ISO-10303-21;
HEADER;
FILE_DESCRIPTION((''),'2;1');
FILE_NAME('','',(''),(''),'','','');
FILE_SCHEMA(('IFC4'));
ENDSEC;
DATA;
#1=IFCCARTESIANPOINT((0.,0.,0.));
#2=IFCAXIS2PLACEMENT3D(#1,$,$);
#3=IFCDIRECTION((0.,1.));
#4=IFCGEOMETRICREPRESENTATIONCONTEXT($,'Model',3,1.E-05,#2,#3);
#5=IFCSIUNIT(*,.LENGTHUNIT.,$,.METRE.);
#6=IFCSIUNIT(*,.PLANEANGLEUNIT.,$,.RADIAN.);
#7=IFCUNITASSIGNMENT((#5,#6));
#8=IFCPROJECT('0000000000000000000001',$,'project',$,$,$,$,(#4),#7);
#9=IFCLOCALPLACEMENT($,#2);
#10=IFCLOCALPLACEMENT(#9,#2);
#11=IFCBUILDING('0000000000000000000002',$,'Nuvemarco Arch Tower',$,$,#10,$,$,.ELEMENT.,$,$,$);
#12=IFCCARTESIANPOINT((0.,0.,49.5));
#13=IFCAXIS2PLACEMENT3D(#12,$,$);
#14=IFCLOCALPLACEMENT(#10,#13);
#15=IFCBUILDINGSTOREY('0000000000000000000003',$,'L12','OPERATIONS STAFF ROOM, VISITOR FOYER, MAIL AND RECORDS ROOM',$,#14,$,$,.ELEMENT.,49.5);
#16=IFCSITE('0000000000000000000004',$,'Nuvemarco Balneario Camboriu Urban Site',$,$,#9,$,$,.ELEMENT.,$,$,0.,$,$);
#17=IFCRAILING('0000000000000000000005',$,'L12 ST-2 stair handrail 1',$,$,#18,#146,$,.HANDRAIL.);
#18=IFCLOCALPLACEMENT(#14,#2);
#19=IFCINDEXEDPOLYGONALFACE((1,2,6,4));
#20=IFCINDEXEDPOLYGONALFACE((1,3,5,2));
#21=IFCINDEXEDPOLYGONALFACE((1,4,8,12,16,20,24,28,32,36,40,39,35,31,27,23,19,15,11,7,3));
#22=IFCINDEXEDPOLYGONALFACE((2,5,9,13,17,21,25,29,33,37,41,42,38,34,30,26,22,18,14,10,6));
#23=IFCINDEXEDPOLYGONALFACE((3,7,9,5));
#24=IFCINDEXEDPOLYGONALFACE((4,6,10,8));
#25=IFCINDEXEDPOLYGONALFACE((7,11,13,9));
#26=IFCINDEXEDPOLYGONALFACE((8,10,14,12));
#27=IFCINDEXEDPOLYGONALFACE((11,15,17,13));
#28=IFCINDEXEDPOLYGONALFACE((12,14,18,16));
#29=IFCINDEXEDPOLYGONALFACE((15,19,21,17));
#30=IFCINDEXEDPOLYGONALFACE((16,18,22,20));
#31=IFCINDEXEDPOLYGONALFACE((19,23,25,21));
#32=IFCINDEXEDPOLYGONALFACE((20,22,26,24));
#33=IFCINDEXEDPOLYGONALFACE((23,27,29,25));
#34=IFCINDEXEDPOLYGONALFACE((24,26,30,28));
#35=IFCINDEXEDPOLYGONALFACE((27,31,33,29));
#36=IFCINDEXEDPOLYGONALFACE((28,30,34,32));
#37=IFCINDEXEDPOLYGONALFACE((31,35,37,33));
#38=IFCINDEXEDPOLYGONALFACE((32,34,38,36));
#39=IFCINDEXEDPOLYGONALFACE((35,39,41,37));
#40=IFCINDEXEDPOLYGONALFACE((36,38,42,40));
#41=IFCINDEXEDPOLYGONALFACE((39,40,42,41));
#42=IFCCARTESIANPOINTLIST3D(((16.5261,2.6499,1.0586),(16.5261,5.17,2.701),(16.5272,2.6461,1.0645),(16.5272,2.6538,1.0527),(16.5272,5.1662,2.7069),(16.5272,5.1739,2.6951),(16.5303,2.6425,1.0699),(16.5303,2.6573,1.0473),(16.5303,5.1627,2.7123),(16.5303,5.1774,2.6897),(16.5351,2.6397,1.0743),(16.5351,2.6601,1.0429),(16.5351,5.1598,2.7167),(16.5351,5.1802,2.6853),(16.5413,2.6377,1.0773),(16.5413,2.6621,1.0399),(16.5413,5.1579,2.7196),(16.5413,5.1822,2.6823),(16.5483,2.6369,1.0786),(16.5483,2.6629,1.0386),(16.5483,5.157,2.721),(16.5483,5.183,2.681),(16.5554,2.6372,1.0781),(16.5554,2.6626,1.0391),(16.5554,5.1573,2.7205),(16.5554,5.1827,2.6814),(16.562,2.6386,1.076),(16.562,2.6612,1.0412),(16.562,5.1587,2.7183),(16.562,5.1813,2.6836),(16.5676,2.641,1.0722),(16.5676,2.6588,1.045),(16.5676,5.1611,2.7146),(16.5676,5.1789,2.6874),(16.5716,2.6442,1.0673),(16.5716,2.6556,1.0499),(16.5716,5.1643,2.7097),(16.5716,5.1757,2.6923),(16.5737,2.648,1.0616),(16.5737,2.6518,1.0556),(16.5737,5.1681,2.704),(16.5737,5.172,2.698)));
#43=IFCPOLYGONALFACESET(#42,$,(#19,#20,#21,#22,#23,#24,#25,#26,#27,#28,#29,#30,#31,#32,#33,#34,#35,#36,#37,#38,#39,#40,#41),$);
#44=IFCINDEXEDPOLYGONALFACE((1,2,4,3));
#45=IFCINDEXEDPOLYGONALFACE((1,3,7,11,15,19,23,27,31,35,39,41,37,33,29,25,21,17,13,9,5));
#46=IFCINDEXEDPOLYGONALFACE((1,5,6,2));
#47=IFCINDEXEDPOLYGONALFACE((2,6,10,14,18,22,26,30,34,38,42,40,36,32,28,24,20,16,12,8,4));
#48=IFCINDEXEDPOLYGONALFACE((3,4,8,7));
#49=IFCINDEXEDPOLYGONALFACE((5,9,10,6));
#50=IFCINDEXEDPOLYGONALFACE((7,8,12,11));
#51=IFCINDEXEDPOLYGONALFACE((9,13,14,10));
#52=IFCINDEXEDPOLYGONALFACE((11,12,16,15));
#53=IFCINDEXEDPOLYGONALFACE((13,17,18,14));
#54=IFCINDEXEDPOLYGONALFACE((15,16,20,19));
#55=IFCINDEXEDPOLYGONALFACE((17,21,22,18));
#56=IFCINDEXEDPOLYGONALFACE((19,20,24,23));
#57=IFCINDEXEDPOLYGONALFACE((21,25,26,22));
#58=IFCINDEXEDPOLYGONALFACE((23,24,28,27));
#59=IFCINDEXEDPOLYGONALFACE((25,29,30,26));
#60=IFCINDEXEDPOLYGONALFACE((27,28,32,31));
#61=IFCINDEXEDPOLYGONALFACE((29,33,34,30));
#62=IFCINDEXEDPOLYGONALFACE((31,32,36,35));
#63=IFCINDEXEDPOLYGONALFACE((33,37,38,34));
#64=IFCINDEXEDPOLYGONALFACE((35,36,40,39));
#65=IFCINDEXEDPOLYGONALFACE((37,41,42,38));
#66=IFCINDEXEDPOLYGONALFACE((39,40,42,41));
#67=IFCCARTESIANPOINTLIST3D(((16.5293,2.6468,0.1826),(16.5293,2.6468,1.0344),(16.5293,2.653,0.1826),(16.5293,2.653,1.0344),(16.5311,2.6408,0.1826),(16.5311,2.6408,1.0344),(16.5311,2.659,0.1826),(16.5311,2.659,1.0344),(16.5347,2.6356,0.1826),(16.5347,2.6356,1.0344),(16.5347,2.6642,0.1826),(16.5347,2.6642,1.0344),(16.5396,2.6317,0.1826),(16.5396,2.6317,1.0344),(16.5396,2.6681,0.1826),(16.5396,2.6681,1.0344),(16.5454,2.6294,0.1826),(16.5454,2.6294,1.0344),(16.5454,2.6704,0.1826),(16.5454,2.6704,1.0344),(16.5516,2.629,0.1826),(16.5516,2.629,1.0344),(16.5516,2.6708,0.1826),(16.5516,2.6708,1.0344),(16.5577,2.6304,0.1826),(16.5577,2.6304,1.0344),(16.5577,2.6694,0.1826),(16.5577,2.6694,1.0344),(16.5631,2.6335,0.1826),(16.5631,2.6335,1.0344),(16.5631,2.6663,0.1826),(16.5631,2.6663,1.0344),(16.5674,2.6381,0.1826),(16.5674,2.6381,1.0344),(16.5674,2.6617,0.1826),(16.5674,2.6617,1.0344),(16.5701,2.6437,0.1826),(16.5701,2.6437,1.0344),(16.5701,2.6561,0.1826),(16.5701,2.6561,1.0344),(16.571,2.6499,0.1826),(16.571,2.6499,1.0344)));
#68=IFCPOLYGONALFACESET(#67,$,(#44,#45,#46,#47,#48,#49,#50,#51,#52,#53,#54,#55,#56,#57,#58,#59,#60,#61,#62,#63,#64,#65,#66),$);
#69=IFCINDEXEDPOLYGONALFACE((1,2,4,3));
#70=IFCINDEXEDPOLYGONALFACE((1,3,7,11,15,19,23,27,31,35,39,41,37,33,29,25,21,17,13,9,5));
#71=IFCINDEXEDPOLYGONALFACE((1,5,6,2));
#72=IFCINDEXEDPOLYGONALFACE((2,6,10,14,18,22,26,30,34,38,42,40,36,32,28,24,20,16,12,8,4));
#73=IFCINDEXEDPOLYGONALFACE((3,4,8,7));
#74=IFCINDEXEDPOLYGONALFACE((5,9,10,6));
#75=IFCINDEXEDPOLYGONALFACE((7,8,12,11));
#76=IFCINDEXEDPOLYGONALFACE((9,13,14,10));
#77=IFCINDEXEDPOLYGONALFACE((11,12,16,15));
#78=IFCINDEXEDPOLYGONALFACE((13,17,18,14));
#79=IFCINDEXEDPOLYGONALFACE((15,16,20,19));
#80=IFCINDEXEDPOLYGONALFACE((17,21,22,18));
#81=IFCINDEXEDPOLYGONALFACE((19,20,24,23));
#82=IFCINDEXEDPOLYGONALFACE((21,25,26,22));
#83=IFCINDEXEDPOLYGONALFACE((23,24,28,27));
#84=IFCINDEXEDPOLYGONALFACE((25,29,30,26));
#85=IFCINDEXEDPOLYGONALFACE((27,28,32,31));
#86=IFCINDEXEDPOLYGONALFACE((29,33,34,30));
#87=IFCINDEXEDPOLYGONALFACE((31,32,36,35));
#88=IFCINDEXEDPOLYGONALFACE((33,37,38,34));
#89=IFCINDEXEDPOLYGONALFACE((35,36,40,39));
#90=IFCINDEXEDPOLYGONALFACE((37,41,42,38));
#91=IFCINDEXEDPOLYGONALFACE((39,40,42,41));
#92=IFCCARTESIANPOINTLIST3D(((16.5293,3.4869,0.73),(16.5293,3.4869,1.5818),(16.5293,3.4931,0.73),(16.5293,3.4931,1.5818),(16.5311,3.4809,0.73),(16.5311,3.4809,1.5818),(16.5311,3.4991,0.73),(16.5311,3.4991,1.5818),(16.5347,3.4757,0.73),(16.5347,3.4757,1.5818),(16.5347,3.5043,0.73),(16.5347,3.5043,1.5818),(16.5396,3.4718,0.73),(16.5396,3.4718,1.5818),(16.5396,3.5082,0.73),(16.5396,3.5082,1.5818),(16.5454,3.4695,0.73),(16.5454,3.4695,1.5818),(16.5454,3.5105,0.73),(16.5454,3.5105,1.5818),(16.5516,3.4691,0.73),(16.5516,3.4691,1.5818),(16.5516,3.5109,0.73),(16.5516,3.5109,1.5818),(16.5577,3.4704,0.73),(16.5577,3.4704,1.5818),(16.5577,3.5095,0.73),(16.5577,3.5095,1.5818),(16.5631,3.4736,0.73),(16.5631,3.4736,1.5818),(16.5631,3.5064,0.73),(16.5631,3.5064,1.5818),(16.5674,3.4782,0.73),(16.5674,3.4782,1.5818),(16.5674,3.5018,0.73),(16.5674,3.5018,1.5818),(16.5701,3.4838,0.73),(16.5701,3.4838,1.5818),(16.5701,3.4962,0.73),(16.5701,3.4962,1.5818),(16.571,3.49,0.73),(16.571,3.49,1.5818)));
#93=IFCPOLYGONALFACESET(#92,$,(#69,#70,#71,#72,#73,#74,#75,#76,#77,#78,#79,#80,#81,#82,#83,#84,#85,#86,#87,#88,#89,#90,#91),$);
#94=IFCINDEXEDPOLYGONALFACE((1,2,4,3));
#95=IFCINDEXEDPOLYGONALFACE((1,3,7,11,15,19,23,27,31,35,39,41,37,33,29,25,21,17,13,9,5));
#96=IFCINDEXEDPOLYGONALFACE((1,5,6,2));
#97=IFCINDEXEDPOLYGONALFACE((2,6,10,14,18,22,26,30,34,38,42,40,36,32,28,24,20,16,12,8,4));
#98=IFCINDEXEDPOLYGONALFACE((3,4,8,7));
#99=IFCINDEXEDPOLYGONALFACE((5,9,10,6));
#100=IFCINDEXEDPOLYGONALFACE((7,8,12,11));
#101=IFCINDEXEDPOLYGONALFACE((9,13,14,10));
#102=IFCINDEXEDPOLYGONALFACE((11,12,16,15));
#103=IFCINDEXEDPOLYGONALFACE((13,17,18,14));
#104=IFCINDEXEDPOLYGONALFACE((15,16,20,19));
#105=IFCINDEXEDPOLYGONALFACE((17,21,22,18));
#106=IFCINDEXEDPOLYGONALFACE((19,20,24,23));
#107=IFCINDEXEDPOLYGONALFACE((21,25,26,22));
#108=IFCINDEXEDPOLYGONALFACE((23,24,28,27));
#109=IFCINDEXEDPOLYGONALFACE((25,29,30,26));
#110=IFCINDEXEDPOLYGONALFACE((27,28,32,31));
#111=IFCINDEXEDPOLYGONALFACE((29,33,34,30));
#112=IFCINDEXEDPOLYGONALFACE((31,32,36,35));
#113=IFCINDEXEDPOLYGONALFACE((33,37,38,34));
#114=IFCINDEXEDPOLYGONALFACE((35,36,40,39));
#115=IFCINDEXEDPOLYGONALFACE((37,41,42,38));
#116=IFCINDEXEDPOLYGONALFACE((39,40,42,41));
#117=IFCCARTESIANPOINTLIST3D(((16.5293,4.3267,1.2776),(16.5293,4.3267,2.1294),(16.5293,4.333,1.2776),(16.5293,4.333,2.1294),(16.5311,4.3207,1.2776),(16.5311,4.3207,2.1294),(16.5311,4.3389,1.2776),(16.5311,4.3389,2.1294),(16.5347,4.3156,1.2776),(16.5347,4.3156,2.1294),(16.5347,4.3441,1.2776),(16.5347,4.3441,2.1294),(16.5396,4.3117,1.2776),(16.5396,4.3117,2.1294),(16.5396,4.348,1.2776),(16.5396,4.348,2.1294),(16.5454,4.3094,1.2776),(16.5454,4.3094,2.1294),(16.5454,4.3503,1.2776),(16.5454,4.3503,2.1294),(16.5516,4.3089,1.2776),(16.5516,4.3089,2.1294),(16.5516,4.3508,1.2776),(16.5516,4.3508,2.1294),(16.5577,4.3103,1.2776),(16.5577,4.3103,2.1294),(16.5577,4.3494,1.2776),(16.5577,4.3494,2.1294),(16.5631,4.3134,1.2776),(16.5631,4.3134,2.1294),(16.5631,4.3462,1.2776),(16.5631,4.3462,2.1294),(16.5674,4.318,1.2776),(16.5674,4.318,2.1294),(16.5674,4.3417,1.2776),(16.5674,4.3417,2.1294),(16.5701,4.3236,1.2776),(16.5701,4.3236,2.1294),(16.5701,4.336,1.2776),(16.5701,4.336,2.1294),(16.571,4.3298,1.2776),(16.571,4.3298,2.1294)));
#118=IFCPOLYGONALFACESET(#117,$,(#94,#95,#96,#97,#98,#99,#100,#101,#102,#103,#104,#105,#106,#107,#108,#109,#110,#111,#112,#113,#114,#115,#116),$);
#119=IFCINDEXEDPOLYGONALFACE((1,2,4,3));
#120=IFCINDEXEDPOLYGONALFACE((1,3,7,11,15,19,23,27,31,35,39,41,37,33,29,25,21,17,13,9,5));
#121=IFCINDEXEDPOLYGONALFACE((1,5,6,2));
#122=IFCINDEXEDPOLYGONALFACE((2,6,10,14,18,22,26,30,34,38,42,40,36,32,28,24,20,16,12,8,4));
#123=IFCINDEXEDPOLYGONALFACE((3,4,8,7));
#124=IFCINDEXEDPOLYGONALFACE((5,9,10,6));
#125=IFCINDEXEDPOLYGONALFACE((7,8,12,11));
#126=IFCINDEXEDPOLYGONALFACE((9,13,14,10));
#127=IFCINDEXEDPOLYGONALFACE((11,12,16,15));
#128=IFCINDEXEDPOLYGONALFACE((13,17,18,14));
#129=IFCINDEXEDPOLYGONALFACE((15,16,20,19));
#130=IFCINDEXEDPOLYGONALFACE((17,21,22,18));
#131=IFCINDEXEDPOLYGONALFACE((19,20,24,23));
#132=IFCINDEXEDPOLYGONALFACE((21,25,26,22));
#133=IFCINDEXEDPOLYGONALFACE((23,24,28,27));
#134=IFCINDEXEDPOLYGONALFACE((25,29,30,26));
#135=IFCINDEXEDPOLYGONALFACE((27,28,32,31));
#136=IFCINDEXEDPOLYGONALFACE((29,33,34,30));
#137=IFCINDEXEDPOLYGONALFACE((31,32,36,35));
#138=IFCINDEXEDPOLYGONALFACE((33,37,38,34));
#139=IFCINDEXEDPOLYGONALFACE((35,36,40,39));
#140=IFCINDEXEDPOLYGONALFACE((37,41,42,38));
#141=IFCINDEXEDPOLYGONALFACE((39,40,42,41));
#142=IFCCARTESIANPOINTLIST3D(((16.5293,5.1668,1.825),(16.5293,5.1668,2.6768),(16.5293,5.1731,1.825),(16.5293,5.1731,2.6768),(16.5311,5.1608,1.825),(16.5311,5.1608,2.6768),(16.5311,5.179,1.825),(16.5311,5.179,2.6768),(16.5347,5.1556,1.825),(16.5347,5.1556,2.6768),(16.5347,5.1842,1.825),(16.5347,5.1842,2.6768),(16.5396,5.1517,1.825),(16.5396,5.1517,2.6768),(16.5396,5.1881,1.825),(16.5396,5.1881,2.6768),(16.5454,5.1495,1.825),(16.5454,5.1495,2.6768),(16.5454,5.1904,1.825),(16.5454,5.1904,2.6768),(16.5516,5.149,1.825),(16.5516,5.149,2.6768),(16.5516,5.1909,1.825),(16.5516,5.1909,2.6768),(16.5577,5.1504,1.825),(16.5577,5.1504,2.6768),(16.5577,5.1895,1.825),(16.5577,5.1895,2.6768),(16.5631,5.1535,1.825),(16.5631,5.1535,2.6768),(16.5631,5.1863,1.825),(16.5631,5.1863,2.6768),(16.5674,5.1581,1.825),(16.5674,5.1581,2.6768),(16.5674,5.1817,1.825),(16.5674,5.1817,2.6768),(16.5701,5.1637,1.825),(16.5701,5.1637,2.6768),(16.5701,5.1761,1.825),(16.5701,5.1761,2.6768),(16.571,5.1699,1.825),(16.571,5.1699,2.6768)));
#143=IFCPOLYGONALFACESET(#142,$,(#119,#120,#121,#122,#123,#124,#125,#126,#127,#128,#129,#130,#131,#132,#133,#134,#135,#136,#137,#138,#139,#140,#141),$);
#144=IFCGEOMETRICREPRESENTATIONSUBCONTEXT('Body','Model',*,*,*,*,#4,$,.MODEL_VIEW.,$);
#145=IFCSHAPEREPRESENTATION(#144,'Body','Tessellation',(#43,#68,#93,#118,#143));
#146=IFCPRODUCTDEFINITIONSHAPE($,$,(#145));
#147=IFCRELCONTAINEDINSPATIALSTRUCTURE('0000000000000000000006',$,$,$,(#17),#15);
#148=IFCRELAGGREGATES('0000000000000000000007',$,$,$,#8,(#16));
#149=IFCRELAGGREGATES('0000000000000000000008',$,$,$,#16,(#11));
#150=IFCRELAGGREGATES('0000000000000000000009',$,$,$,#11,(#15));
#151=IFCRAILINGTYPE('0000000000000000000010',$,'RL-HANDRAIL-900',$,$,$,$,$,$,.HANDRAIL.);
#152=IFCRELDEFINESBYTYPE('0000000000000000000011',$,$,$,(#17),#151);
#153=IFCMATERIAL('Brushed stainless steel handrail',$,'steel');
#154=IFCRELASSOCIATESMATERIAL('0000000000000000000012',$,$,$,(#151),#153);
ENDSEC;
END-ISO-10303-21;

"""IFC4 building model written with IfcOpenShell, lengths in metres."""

from ifc_helpers import new_model, si_unit, direction, frame, origin, origin_2d, place, context, subcontext, project, spatial, circle, extrude, material, type_object, element, save


model = new_model("IFC4")

# Units and contexts
model_context = context("Model", 3, precision=1e-05, world=origin(), true_north=direction((0.0, 1.0)))
body_context = subcontext(model_context, "Body", "Model", "MODEL_VIEW")
ifc_project = project(units=[si_unit("LENGTHUNIT", "METRE"), si_unit("PLANEANGLEUNIT", "RADIAN")], contexts=[model_context])

# Site, building, storey
site_placement = place(None, origin())
site = spatial("IfcSite", under=ifc_project, at=site_placement, Name="Nuvemarco Balneario Camboriu Urban Site", CompositionType="ELEMENT", RefElevation=0.0)
building_placement = place(site_placement, origin())
building = spatial("IfcBuilding", under=site, at=building_placement, Name="Nuvemarco Arch Tower", CompositionType="ELEMENT")
storey_placement = place(building_placement, frame((0.0, 0.0, 49.5)))
storey = spatial("IfcBuildingStorey", under=building, at=storey_placement, Name="L12", Description="OPERATIONS STAFF ROOM, VISITOR FOYER, MAIL AND RECORDS ROOM", CompositionType="ELEMENT", Elevation=49.5)

# Railing
ifc_material_1 = material(Name="Brushed stainless steel handrail", Category="steel")
railing_type_1 = type_object("IfcRailingType", Name="RL-HANDRAIL-900", PredefinedType="HANDRAIL", material=ifc_material_1)
railing_1_placement = place(storey_placement, frame((16.55, 2.6499, 0.1826)))
element("IfcRailing", 1, at=railing_1_placement, inside=storey, type_object=railing_type_1, Name="L12 ST-2 stair handrail 1", PredefinedType="HANDRAIL", context=body_context, shape_type="SweptSolid", body=[
    extrude(circle(Radius=0.0239, at=origin_2d()), frame((0.0, 0.0, 0.876), z_axis=(0.0, 0.837787, 0.545998), x_axis=(-1.0, 0.0, 0.0)), (0.0, 0.0, 1.0), 3.0081),
    extrude(circle(Radius=0.021, at=origin_2d()), origin(), (0.0, 0.0, 1.0), 0.8518),
    extrude(circle(Radius=0.021, at=origin_2d()), frame((0.0, 0.8401, 0.5474)), (0.0, 0.0, 1.0), 0.8518),
    extrude(circle(Radius=0.021, at=origin_2d()), frame((0.0, 1.6799, 1.095)), (0.0, 0.0, 1.0), 0.8518),
    extrude(circle(Radius=0.021, at=origin_2d()), frame((0.0, 2.52, 1.6423)), (0.0, 0.0, 1.0), 0.8518),
])

save(model, "model.ifc")
